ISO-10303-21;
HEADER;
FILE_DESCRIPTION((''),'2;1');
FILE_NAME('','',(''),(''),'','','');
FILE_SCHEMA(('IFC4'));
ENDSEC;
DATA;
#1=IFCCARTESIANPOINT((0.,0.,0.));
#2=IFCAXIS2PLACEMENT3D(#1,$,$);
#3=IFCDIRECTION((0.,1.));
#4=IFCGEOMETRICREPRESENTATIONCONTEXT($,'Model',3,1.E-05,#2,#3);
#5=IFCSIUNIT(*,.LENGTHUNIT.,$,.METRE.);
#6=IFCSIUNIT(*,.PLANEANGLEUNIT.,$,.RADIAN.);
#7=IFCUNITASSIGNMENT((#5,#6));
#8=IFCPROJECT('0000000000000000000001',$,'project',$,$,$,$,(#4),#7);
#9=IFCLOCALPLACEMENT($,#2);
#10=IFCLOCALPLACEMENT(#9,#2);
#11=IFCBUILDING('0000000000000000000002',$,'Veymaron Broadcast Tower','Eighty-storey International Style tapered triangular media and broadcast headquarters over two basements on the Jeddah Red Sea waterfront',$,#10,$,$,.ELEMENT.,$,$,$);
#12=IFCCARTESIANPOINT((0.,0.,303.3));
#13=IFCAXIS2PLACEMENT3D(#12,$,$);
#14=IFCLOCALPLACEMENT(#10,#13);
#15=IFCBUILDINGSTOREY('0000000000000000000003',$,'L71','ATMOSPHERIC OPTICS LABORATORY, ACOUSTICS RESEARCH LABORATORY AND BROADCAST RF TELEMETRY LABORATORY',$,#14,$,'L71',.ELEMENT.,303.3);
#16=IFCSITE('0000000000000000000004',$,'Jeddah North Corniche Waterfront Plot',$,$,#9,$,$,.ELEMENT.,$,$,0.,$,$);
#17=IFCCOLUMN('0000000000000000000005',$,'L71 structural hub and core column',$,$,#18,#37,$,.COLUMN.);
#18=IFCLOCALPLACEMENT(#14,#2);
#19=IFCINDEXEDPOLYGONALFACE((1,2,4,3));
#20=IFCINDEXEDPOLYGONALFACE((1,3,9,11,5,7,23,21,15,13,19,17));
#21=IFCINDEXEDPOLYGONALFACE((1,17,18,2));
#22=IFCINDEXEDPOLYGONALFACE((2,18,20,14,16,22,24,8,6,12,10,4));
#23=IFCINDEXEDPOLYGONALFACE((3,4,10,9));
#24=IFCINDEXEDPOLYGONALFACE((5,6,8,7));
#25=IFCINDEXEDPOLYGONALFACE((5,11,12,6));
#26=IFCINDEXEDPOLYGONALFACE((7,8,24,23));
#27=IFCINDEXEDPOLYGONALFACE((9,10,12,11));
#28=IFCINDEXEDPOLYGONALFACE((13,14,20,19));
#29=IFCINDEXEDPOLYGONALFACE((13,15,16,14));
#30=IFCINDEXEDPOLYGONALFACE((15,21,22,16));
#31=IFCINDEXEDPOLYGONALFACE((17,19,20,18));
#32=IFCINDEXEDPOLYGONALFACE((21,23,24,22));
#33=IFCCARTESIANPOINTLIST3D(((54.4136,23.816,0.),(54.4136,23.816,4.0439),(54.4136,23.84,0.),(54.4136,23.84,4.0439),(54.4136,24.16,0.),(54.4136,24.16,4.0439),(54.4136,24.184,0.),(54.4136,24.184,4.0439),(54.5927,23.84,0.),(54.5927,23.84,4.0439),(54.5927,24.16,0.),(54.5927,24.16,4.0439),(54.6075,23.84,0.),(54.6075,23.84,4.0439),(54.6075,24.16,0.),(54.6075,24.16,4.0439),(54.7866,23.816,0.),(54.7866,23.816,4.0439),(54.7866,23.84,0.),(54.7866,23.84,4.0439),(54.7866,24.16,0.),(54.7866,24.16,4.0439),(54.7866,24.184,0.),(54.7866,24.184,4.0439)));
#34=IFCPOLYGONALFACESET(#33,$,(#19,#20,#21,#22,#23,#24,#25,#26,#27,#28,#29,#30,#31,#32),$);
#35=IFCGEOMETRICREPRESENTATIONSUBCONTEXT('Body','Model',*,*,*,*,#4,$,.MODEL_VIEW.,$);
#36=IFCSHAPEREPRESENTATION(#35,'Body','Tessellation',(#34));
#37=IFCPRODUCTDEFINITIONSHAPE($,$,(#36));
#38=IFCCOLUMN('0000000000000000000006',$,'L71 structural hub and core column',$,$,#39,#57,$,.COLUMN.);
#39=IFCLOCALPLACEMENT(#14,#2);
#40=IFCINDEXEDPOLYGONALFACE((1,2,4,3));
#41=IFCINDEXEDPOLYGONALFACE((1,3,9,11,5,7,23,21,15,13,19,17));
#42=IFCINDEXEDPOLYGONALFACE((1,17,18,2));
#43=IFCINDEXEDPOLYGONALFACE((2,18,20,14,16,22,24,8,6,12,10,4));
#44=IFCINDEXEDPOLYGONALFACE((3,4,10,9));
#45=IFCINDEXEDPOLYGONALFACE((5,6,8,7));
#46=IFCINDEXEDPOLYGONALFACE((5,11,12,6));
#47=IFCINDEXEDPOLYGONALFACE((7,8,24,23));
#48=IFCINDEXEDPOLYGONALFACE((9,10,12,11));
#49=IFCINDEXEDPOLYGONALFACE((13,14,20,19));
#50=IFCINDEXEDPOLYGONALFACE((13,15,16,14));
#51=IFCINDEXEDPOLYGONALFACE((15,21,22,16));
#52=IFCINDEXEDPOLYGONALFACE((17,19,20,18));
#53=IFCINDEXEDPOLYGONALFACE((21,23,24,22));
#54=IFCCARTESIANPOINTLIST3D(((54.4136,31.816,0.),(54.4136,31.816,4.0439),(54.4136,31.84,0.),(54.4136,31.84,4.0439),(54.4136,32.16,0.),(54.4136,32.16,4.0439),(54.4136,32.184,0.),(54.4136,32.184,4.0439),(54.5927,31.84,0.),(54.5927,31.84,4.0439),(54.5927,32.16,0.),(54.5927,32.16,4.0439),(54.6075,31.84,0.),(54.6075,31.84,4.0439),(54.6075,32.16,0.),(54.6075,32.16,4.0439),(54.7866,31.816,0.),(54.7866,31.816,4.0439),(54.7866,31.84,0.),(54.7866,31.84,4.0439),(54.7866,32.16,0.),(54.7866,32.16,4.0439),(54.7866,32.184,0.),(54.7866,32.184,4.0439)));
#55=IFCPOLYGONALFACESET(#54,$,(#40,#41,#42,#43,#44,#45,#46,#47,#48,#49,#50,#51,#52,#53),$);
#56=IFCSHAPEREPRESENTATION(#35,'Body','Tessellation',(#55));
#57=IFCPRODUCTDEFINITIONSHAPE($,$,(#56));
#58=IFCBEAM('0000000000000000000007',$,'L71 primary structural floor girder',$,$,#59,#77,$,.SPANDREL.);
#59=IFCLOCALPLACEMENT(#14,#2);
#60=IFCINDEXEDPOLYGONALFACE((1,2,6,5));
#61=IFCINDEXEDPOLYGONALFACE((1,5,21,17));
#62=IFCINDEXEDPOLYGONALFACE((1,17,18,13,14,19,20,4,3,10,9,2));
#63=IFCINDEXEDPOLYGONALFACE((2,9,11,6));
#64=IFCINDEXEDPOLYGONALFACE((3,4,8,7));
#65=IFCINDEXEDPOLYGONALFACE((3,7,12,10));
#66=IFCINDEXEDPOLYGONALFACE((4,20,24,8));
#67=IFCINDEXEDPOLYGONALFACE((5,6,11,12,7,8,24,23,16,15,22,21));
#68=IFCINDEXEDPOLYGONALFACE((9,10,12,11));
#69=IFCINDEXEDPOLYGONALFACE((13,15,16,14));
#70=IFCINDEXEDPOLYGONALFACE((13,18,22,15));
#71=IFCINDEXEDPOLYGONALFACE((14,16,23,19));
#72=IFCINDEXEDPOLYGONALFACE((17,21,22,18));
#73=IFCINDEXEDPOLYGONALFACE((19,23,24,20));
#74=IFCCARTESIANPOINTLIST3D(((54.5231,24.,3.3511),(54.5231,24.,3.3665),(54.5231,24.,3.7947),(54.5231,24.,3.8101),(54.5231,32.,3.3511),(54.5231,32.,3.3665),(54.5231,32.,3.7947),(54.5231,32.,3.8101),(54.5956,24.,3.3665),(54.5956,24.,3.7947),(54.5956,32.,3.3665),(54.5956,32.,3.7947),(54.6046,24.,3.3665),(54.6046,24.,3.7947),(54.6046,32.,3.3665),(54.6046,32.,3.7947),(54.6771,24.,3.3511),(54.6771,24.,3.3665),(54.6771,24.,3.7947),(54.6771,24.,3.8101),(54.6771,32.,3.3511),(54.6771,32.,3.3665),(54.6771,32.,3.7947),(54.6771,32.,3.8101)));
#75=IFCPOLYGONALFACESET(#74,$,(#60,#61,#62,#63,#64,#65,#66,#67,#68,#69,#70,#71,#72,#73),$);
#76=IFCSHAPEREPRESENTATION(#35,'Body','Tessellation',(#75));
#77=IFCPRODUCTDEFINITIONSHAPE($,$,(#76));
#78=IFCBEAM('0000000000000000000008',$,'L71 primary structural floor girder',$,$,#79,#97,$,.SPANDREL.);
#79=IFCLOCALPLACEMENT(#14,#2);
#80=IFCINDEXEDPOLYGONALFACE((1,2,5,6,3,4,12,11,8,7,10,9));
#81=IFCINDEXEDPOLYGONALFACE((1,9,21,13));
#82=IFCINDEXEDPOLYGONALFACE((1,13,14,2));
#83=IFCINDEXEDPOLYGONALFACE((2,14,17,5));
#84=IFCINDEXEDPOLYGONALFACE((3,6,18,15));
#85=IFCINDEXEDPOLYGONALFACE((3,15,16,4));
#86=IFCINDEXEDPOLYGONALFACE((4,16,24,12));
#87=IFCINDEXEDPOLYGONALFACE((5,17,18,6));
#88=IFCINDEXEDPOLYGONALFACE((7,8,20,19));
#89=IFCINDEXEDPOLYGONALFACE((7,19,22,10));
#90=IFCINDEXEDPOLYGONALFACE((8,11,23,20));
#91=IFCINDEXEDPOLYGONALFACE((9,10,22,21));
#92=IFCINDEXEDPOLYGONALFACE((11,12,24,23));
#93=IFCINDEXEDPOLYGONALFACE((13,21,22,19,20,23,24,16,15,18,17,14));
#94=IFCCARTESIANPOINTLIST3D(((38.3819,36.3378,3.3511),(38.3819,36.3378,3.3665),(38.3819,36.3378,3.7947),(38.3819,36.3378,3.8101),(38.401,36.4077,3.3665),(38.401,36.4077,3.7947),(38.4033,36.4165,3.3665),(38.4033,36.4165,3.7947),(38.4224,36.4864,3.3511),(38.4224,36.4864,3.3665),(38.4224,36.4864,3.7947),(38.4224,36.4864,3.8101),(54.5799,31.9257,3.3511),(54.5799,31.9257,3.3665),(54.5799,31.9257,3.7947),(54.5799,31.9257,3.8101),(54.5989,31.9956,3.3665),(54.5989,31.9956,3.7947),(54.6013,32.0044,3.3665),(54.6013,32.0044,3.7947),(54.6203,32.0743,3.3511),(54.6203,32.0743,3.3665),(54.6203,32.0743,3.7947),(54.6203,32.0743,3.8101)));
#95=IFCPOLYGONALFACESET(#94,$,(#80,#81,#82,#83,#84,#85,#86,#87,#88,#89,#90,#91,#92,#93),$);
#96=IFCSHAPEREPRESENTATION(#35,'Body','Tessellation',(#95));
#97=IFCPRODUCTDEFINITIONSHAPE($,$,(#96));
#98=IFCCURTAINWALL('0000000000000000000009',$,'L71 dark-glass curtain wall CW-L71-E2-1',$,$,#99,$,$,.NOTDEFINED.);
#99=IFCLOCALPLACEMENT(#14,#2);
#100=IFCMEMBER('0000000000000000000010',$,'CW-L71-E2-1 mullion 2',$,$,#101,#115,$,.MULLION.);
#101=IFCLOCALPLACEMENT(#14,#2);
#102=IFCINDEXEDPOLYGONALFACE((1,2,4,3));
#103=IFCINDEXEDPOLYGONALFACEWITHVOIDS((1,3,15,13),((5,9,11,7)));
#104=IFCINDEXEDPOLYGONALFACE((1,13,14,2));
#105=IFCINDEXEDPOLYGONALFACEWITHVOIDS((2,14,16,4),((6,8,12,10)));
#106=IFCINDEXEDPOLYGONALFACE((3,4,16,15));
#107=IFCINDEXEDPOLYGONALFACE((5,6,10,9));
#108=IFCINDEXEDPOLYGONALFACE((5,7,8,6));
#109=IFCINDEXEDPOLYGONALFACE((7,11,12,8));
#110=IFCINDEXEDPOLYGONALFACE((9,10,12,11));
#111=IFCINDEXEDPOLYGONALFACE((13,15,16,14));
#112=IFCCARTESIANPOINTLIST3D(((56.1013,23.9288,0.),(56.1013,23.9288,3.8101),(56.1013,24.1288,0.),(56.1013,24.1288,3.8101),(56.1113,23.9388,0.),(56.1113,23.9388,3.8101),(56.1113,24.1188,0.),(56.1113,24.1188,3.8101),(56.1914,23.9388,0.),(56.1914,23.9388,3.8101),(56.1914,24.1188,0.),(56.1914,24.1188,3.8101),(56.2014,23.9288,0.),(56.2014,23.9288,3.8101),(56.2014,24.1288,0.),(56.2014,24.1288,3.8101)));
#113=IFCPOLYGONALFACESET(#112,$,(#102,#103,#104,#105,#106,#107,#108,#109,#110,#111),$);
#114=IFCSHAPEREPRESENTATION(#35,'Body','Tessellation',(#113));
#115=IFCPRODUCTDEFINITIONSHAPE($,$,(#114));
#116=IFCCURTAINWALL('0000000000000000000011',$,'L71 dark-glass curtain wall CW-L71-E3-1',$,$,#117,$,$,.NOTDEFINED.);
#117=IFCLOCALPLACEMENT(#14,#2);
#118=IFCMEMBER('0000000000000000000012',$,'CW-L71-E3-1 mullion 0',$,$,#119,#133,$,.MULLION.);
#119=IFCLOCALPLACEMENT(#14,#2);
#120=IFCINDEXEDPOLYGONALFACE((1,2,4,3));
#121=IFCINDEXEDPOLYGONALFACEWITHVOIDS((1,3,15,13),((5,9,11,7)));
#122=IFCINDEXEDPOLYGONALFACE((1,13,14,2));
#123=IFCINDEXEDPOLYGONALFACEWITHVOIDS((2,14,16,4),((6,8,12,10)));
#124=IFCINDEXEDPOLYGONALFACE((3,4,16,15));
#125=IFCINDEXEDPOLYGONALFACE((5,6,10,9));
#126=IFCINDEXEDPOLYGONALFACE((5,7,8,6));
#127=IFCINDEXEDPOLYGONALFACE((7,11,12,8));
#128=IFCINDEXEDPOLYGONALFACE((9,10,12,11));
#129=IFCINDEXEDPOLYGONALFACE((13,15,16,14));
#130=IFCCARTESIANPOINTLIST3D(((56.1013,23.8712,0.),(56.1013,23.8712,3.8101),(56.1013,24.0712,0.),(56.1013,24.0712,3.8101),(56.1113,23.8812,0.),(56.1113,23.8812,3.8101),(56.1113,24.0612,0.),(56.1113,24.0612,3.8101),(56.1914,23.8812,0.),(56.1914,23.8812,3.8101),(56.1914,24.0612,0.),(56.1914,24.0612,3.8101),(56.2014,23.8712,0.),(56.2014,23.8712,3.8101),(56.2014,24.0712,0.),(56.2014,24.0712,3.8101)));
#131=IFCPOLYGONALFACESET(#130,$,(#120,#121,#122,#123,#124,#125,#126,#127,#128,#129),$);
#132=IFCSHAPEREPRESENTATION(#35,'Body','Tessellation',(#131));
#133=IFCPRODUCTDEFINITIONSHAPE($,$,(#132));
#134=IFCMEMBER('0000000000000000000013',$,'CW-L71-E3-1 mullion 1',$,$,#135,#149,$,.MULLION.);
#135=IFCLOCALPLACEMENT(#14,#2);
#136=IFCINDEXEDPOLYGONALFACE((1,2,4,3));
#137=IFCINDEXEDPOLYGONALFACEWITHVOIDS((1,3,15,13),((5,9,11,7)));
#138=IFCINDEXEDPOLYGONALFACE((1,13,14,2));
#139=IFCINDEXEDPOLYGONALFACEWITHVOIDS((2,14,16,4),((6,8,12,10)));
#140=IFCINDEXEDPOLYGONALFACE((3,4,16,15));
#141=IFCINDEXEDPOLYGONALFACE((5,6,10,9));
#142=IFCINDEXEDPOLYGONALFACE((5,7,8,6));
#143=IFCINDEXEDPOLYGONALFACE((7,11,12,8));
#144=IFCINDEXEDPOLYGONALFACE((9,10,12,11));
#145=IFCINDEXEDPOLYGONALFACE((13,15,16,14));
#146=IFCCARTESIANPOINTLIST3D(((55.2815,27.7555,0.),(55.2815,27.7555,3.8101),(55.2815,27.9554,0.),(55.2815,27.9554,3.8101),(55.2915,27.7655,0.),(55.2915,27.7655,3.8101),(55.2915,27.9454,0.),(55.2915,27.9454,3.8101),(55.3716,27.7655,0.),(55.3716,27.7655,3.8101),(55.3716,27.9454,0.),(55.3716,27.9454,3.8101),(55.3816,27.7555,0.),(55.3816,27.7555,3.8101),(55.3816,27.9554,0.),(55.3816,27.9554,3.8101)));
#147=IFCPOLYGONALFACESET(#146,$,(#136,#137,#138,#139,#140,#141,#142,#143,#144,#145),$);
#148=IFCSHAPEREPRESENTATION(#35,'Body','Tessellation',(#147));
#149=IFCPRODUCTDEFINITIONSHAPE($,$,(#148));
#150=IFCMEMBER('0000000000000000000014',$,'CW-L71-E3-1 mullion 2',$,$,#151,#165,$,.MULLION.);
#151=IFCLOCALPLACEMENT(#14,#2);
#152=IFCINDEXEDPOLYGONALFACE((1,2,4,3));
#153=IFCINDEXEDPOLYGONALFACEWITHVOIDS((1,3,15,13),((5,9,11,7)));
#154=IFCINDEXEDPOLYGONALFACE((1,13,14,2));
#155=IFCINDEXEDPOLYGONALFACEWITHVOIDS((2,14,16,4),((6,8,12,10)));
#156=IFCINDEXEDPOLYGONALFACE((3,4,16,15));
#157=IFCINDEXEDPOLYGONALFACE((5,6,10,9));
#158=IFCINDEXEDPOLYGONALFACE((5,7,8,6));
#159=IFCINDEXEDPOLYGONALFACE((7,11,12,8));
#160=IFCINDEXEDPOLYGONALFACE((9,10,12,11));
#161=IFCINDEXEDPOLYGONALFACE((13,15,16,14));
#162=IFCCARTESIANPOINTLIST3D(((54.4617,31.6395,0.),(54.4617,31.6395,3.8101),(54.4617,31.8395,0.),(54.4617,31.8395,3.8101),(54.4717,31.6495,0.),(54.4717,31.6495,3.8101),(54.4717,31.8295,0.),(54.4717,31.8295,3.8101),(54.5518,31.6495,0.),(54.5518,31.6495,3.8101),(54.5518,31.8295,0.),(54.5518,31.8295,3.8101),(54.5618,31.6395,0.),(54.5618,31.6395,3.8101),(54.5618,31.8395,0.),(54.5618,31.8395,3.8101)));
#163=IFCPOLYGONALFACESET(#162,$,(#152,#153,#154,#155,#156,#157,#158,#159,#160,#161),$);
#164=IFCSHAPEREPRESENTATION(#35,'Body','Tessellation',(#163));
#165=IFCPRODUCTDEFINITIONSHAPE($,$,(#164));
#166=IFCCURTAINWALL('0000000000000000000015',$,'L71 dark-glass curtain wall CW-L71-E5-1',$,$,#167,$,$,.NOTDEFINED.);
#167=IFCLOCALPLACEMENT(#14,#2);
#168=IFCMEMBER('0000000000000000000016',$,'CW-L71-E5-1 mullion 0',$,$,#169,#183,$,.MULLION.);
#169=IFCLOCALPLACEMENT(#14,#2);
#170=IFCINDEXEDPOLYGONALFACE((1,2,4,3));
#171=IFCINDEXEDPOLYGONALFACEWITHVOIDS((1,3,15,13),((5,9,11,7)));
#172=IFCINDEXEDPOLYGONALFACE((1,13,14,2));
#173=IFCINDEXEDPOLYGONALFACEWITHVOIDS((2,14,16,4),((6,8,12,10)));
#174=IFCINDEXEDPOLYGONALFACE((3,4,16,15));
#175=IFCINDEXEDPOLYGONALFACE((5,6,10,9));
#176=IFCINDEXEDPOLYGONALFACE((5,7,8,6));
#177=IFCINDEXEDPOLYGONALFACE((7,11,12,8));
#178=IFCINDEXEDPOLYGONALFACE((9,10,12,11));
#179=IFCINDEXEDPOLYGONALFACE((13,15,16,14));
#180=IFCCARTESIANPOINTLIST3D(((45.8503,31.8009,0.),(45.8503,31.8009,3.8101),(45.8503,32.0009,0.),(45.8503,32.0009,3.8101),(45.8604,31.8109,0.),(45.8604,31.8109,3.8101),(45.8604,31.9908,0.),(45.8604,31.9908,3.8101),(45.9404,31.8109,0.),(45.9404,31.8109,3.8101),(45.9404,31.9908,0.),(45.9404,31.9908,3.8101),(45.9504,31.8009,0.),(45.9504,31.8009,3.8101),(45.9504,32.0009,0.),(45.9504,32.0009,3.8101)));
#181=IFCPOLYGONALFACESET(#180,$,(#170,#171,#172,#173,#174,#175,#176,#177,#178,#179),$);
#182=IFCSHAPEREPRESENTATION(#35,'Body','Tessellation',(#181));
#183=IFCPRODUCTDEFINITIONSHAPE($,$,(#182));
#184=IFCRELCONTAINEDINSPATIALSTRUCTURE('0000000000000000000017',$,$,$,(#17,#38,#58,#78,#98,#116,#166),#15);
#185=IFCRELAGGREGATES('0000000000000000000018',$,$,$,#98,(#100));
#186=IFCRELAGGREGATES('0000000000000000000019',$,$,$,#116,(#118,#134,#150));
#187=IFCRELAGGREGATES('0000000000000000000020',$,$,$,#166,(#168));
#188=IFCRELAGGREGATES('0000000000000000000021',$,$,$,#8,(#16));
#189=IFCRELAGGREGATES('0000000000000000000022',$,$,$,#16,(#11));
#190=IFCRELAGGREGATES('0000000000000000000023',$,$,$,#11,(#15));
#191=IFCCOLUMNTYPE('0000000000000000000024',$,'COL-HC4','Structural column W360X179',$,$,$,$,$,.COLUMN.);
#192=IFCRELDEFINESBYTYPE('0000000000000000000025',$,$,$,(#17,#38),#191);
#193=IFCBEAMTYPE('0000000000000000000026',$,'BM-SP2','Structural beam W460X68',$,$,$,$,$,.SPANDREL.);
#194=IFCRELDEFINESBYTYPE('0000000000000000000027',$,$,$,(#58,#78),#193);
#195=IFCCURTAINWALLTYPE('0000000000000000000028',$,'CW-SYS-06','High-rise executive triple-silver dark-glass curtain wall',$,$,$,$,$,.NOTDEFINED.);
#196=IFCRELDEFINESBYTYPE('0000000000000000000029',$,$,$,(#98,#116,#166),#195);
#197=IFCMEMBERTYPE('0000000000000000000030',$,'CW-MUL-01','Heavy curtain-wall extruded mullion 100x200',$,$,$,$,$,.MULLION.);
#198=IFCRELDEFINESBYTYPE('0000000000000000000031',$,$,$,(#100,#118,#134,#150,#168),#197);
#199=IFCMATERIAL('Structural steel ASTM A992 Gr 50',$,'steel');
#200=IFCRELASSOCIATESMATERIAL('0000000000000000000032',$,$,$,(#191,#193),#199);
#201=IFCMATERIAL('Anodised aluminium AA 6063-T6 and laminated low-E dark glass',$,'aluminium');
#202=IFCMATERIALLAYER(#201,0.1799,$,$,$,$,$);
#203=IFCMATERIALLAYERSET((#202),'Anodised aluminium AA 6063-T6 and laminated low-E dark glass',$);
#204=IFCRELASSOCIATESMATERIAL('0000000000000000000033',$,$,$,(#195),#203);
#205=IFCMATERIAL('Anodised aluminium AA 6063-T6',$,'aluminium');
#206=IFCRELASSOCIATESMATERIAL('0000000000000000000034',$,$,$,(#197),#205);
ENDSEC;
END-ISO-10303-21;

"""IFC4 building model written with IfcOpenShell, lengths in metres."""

from ifc_helpers import new_model, si_unit, direction, frame, origin, origin_2d, place, context, subcontext, project, spatial, hollow_rectangle, i_section, extrude, material, layer, layer_set, material_profile, profile_set, type_object, element, aggregate, save


model = new_model("IFC4")

# Units and contexts
model_context = context("Model", 3, precision=1e-05, world=origin(), true_north=direction((0.0, 1.0)))
body_context = subcontext(model_context, "Body", "Model", "MODEL_VIEW")
ifc_project = project(units=[si_unit("LENGTHUNIT", "METRE"), si_unit("PLANEANGLEUNIT", "RADIAN")], contexts=[model_context])

# Site, building, storey
site_placement = place(None, origin())
site = spatial("IfcSite", under=ifc_project, at=site_placement, Name="Jeddah North Corniche Waterfront Plot", CompositionType="ELEMENT", RefElevation=0.0)
building_placement = place(site_placement, origin())
building = spatial("IfcBuilding", under=site, at=building_placement, Name="Veymaron Broadcast Tower", Description="Eighty-storey International Style tapered triangular media and broadcast headquarters over two basements on the Jeddah Red Sea waterfront", CompositionType="ELEMENT")
storey_placement = place(building_placement, frame((0.0, 0.0, 303.3)))
storey = spatial("IfcBuildingStorey", under=building, at=storey_placement, Name="L71", Description="ATMOSPHERIC OPTICS LABORATORY, ACOUSTICS RESEARCH LABORATORY AND BROADCAST RF TELEMETRY LABORATORY", LongName="L71", CompositionType="ELEMENT", Elevation=303.3)

# Columns
ifc_material_1 = material(Name="Structural steel ASTM A992 Gr 50", Category="steel")
ifc_material_profile_1 = material_profile(ifc_material_1, i_section(OverallWidth=0.373, OverallDepth=0.3679, WebThickness=0.0149, FlangeThickness=0.0239, at=origin_2d()), Name="W360X179")
ifc_profile_set_1 = profile_set([ifc_material_profile_1], Name="Structural steel ASTM A992 Gr 50")
column_type = type_object("IfcColumnType", Name="COL-HC4", Description="Structural column W360X179", PredefinedType="COLUMN", material=ifc_profile_set_1)
for number, where, z_axis, x_axis, name in (
    (1, (54.6001, 24.0, 0.0), (0.0, 0.0, 1.0), (1.0, 0.0, 0.0), "L71 structural hub and core column"),
    (2, (54.6001, 32.0, 0.0), (0.0, 0.0, 1.0), (1.0, 0.0, 0.0), "L71 structural hub and core column"),
):
    element("IfcColumn", number, at=place(storey_placement, frame(where, z_axis=z_axis, x_axis=x_axis)), inside=storey, type_object=column_type, Name=name, PredefinedType="COLUMN", context=body_context, shape_type="SweptSolid", body=[
        extrude(i_section(OverallWidth=0.373, OverallDepth=0.3679, WebThickness=0.0149, FlangeThickness=0.0239, at=origin_2d()), origin(), (0.0, 0.0, 1.0), 4.0439),
    ])

# Beams
ifc_material_profile_2 = material_profile(ifc_material_1, i_section(OverallWidth=0.1541, OverallDepth=0.459, WebThickness=0.009, FlangeThickness=0.0154, at=origin_2d()), Name="W460X68")
ifc_profile_set_2 = profile_set([ifc_material_profile_2], Name="Structural steel ASTM A992 Gr 50")
beam_type = type_object("IfcBeamType", Name="BM-SP2", Description="Structural beam W460X68", PredefinedType="SPANDREL", material=ifc_profile_set_2)
beam_1_placement = place(storey_placement, frame((54.6001, 24.0, 3.5806), z_axis=(0.0, 1.0, 0.0), x_axis=(-1.0, 0.0, 0.0)))
element("IfcBeam", 3, at=beam_1_placement, inside=storey, type_object=beam_type, Name="L71 primary structural floor girder", PredefinedType="SPANDREL", context=body_context, shape_type="SweptSolid", body=[
    extrude(i_section(OverallWidth=0.1541, OverallDepth=0.459, WebThickness=0.009, FlangeThickness=0.0154, at=origin_2d()), origin(), (0.0, 0.0, 1.0), 8.0),
])
beam_2_placement = place(storey_placement, frame((54.6001, 32.0, 3.5806), z_axis=(-0.964847, 0.262811, 0.0), x_axis=(-0.262811, -0.964847, 0.0)))
element("IfcBeam", 4, at=beam_2_placement, inside=storey, type_object=beam_type, Name="L71 primary structural floor girder", PredefinedType="SPANDREL", context=body_context, shape_type="SweptSolid", body=[
    extrude(i_section(OverallWidth=0.1541, OverallDepth=0.459, WebThickness=0.009, FlangeThickness=0.0154, at=origin_2d()), origin(), (0.0, 0.0, 1.0), 16.7881),
])

# Curtain wall, member
ifc_material_2 = material(Name="Anodised aluminium AA 6063-T6 and laminated low-E dark glass", Category="aluminium")
ifc_layer_1 = layer(ifc_material_2, 0.1799)
ifc_layer_set_1 = layer_set([ifc_layer_1], Name="Anodised aluminium AA 6063-T6 and laminated low-E dark glass")
curtain_wall_type = type_object("IfcCurtainWallType", Name="CW-SYS-06", Description="High-rise executive triple-silver dark-glass curtain wall", PredefinedType="NOTDEFINED", material=ifc_layer_set_1)
curtain_wall_1_placement = place(storey_placement, origin())
curtain_wall_1 = element("IfcCurtainWall", 5, at=curtain_wall_1_placement, inside=storey, type_object=curtain_wall_type, Name="L71 dark-glass curtain wall CW-L71-E2-1", PredefinedType="NOTDEFINED")
ifc_material_3 = material(Name="Anodised aluminium AA 6063-T6", Category="aluminium")
ifc_material_profile_3 = material_profile(ifc_material_3, hollow_rectangle(XDim=0.1001, YDim=0.2, WallThickness=0.01, at=origin_2d()), Name="RHS200X100X10")
ifc_profile_set_3 = profile_set([ifc_material_profile_3], Name="Anodised aluminium AA 6063-T6")
member_type_1 = type_object("IfcMemberType", Name="CW-MUL-01", Description="Heavy curtain-wall extruded mullion 100x200", PredefinedType="MULLION", material=ifc_profile_set_3)
member_1_placement = place(storey_placement, frame((56.1514, 24.0288, 0.0), z_axis=(0.0, 0.0, 1.0), x_axis=(1.0, 0.0, 0.0)))
member_1 = element("IfcMember", 6, at=member_1_placement, type_object=member_type_1, Name="CW-L71-E2-1 mullion 2", PredefinedType="MULLION", context=body_context, shape_type="SweptSolid", body=[
    extrude(hollow_rectangle(XDim=0.1001, YDim=0.2, WallThickness=0.01, at=origin_2d()), origin(), (0.0, 0.0, 1.0), 3.8101),
])
aggregate(curtain_wall_1, [member_1])

# Curtain wall, members
curtain_wall_2_placement = place(storey_placement, origin())
curtain_wall_2 = element("IfcCurtainWall", 7, at=curtain_wall_2_placement, inside=storey, type_object=curtain_wall_type, Name="L71 dark-glass curtain wall CW-L71-E3-1", PredefinedType="NOTDEFINED")
member_2_placement = place(storey_placement, frame((56.1514, 23.9712, 0.0), z_axis=(0.0, 0.0, 1.0), x_axis=(1.0, 0.0, 0.0)))
member_2 = element("IfcMember", 8, at=member_2_placement, type_object=member_type_1, Name="CW-L71-E3-1 mullion 0", PredefinedType="MULLION", context=body_context, shape_type="SweptSolid", body=[
    extrude(hollow_rectangle(XDim=0.1001, YDim=0.2, WallThickness=0.01, at=origin_2d()), origin(), (0.0, 0.0, 1.0), 3.8101),
])
member_3_placement = place(storey_placement, frame((55.3315, 27.8555, 0.0), z_axis=(0.0, 0.0, 1.0), x_axis=(1.0, 0.0, 0.0)))
member_3 = element("IfcMember", 9, at=member_3_placement, type_object=member_type_1, Name="CW-L71-E3-1 mullion 1", PredefinedType="MULLION", context=body_context, shape_type="SweptSolid", body=[
    extrude(hollow_rectangle(XDim=0.1001, YDim=0.2, WallThickness=0.01, at=origin_2d()), origin(), (0.0, 0.0, 1.0), 3.8101),
])
member_4_placement = place(storey_placement, frame((54.5117, 31.7395, 0.0), z_axis=(0.0, 0.0, 1.0), x_axis=(1.0, 0.0, 0.0)))
member_4 = element("IfcMember", 10, at=member_4_placement, type_object=member_type_1, Name="CW-L71-E3-1 mullion 2", PredefinedType="MULLION", context=body_context, shape_type="SweptSolid", body=[
    extrude(hollow_rectangle(XDim=0.1001, YDim=0.2, WallThickness=0.01, at=origin_2d()), origin(), (0.0, 0.0, 1.0), 3.8101),
])

# Curtain wall, member
curtain_wall_3_placement = place(storey_placement, origin())
curtain_wall_3 = element("IfcCurtainWall", 11, at=curtain_wall_3_placement, inside=storey, type_object=curtain_wall_type, Name="L71 dark-glass curtain wall CW-L71-E5-1", PredefinedType="NOTDEFINED")
member_5_placement = place(storey_placement, frame((45.9004, 31.9009, 0.0), z_axis=(0.0, 0.0, 1.0), x_axis=(1.0, 0.0, 0.0)))
member_5 = element("IfcMember", 12, at=member_5_placement, type_object=member_type_1, Name="CW-L71-E5-1 mullion 0", PredefinedType="MULLION", context=body_context, shape_type="SweptSolid", body=[
    extrude(hollow_rectangle(XDim=0.1001, YDim=0.2, WallThickness=0.01, at=origin_2d()), origin(), (0.0, 0.0, 1.0), 3.8101),
])

aggregate(curtain_wall_2, [member_2, member_3, member_4])
aggregate(curtain_wall_3, [member_5])

save(model, "model.ifc")
